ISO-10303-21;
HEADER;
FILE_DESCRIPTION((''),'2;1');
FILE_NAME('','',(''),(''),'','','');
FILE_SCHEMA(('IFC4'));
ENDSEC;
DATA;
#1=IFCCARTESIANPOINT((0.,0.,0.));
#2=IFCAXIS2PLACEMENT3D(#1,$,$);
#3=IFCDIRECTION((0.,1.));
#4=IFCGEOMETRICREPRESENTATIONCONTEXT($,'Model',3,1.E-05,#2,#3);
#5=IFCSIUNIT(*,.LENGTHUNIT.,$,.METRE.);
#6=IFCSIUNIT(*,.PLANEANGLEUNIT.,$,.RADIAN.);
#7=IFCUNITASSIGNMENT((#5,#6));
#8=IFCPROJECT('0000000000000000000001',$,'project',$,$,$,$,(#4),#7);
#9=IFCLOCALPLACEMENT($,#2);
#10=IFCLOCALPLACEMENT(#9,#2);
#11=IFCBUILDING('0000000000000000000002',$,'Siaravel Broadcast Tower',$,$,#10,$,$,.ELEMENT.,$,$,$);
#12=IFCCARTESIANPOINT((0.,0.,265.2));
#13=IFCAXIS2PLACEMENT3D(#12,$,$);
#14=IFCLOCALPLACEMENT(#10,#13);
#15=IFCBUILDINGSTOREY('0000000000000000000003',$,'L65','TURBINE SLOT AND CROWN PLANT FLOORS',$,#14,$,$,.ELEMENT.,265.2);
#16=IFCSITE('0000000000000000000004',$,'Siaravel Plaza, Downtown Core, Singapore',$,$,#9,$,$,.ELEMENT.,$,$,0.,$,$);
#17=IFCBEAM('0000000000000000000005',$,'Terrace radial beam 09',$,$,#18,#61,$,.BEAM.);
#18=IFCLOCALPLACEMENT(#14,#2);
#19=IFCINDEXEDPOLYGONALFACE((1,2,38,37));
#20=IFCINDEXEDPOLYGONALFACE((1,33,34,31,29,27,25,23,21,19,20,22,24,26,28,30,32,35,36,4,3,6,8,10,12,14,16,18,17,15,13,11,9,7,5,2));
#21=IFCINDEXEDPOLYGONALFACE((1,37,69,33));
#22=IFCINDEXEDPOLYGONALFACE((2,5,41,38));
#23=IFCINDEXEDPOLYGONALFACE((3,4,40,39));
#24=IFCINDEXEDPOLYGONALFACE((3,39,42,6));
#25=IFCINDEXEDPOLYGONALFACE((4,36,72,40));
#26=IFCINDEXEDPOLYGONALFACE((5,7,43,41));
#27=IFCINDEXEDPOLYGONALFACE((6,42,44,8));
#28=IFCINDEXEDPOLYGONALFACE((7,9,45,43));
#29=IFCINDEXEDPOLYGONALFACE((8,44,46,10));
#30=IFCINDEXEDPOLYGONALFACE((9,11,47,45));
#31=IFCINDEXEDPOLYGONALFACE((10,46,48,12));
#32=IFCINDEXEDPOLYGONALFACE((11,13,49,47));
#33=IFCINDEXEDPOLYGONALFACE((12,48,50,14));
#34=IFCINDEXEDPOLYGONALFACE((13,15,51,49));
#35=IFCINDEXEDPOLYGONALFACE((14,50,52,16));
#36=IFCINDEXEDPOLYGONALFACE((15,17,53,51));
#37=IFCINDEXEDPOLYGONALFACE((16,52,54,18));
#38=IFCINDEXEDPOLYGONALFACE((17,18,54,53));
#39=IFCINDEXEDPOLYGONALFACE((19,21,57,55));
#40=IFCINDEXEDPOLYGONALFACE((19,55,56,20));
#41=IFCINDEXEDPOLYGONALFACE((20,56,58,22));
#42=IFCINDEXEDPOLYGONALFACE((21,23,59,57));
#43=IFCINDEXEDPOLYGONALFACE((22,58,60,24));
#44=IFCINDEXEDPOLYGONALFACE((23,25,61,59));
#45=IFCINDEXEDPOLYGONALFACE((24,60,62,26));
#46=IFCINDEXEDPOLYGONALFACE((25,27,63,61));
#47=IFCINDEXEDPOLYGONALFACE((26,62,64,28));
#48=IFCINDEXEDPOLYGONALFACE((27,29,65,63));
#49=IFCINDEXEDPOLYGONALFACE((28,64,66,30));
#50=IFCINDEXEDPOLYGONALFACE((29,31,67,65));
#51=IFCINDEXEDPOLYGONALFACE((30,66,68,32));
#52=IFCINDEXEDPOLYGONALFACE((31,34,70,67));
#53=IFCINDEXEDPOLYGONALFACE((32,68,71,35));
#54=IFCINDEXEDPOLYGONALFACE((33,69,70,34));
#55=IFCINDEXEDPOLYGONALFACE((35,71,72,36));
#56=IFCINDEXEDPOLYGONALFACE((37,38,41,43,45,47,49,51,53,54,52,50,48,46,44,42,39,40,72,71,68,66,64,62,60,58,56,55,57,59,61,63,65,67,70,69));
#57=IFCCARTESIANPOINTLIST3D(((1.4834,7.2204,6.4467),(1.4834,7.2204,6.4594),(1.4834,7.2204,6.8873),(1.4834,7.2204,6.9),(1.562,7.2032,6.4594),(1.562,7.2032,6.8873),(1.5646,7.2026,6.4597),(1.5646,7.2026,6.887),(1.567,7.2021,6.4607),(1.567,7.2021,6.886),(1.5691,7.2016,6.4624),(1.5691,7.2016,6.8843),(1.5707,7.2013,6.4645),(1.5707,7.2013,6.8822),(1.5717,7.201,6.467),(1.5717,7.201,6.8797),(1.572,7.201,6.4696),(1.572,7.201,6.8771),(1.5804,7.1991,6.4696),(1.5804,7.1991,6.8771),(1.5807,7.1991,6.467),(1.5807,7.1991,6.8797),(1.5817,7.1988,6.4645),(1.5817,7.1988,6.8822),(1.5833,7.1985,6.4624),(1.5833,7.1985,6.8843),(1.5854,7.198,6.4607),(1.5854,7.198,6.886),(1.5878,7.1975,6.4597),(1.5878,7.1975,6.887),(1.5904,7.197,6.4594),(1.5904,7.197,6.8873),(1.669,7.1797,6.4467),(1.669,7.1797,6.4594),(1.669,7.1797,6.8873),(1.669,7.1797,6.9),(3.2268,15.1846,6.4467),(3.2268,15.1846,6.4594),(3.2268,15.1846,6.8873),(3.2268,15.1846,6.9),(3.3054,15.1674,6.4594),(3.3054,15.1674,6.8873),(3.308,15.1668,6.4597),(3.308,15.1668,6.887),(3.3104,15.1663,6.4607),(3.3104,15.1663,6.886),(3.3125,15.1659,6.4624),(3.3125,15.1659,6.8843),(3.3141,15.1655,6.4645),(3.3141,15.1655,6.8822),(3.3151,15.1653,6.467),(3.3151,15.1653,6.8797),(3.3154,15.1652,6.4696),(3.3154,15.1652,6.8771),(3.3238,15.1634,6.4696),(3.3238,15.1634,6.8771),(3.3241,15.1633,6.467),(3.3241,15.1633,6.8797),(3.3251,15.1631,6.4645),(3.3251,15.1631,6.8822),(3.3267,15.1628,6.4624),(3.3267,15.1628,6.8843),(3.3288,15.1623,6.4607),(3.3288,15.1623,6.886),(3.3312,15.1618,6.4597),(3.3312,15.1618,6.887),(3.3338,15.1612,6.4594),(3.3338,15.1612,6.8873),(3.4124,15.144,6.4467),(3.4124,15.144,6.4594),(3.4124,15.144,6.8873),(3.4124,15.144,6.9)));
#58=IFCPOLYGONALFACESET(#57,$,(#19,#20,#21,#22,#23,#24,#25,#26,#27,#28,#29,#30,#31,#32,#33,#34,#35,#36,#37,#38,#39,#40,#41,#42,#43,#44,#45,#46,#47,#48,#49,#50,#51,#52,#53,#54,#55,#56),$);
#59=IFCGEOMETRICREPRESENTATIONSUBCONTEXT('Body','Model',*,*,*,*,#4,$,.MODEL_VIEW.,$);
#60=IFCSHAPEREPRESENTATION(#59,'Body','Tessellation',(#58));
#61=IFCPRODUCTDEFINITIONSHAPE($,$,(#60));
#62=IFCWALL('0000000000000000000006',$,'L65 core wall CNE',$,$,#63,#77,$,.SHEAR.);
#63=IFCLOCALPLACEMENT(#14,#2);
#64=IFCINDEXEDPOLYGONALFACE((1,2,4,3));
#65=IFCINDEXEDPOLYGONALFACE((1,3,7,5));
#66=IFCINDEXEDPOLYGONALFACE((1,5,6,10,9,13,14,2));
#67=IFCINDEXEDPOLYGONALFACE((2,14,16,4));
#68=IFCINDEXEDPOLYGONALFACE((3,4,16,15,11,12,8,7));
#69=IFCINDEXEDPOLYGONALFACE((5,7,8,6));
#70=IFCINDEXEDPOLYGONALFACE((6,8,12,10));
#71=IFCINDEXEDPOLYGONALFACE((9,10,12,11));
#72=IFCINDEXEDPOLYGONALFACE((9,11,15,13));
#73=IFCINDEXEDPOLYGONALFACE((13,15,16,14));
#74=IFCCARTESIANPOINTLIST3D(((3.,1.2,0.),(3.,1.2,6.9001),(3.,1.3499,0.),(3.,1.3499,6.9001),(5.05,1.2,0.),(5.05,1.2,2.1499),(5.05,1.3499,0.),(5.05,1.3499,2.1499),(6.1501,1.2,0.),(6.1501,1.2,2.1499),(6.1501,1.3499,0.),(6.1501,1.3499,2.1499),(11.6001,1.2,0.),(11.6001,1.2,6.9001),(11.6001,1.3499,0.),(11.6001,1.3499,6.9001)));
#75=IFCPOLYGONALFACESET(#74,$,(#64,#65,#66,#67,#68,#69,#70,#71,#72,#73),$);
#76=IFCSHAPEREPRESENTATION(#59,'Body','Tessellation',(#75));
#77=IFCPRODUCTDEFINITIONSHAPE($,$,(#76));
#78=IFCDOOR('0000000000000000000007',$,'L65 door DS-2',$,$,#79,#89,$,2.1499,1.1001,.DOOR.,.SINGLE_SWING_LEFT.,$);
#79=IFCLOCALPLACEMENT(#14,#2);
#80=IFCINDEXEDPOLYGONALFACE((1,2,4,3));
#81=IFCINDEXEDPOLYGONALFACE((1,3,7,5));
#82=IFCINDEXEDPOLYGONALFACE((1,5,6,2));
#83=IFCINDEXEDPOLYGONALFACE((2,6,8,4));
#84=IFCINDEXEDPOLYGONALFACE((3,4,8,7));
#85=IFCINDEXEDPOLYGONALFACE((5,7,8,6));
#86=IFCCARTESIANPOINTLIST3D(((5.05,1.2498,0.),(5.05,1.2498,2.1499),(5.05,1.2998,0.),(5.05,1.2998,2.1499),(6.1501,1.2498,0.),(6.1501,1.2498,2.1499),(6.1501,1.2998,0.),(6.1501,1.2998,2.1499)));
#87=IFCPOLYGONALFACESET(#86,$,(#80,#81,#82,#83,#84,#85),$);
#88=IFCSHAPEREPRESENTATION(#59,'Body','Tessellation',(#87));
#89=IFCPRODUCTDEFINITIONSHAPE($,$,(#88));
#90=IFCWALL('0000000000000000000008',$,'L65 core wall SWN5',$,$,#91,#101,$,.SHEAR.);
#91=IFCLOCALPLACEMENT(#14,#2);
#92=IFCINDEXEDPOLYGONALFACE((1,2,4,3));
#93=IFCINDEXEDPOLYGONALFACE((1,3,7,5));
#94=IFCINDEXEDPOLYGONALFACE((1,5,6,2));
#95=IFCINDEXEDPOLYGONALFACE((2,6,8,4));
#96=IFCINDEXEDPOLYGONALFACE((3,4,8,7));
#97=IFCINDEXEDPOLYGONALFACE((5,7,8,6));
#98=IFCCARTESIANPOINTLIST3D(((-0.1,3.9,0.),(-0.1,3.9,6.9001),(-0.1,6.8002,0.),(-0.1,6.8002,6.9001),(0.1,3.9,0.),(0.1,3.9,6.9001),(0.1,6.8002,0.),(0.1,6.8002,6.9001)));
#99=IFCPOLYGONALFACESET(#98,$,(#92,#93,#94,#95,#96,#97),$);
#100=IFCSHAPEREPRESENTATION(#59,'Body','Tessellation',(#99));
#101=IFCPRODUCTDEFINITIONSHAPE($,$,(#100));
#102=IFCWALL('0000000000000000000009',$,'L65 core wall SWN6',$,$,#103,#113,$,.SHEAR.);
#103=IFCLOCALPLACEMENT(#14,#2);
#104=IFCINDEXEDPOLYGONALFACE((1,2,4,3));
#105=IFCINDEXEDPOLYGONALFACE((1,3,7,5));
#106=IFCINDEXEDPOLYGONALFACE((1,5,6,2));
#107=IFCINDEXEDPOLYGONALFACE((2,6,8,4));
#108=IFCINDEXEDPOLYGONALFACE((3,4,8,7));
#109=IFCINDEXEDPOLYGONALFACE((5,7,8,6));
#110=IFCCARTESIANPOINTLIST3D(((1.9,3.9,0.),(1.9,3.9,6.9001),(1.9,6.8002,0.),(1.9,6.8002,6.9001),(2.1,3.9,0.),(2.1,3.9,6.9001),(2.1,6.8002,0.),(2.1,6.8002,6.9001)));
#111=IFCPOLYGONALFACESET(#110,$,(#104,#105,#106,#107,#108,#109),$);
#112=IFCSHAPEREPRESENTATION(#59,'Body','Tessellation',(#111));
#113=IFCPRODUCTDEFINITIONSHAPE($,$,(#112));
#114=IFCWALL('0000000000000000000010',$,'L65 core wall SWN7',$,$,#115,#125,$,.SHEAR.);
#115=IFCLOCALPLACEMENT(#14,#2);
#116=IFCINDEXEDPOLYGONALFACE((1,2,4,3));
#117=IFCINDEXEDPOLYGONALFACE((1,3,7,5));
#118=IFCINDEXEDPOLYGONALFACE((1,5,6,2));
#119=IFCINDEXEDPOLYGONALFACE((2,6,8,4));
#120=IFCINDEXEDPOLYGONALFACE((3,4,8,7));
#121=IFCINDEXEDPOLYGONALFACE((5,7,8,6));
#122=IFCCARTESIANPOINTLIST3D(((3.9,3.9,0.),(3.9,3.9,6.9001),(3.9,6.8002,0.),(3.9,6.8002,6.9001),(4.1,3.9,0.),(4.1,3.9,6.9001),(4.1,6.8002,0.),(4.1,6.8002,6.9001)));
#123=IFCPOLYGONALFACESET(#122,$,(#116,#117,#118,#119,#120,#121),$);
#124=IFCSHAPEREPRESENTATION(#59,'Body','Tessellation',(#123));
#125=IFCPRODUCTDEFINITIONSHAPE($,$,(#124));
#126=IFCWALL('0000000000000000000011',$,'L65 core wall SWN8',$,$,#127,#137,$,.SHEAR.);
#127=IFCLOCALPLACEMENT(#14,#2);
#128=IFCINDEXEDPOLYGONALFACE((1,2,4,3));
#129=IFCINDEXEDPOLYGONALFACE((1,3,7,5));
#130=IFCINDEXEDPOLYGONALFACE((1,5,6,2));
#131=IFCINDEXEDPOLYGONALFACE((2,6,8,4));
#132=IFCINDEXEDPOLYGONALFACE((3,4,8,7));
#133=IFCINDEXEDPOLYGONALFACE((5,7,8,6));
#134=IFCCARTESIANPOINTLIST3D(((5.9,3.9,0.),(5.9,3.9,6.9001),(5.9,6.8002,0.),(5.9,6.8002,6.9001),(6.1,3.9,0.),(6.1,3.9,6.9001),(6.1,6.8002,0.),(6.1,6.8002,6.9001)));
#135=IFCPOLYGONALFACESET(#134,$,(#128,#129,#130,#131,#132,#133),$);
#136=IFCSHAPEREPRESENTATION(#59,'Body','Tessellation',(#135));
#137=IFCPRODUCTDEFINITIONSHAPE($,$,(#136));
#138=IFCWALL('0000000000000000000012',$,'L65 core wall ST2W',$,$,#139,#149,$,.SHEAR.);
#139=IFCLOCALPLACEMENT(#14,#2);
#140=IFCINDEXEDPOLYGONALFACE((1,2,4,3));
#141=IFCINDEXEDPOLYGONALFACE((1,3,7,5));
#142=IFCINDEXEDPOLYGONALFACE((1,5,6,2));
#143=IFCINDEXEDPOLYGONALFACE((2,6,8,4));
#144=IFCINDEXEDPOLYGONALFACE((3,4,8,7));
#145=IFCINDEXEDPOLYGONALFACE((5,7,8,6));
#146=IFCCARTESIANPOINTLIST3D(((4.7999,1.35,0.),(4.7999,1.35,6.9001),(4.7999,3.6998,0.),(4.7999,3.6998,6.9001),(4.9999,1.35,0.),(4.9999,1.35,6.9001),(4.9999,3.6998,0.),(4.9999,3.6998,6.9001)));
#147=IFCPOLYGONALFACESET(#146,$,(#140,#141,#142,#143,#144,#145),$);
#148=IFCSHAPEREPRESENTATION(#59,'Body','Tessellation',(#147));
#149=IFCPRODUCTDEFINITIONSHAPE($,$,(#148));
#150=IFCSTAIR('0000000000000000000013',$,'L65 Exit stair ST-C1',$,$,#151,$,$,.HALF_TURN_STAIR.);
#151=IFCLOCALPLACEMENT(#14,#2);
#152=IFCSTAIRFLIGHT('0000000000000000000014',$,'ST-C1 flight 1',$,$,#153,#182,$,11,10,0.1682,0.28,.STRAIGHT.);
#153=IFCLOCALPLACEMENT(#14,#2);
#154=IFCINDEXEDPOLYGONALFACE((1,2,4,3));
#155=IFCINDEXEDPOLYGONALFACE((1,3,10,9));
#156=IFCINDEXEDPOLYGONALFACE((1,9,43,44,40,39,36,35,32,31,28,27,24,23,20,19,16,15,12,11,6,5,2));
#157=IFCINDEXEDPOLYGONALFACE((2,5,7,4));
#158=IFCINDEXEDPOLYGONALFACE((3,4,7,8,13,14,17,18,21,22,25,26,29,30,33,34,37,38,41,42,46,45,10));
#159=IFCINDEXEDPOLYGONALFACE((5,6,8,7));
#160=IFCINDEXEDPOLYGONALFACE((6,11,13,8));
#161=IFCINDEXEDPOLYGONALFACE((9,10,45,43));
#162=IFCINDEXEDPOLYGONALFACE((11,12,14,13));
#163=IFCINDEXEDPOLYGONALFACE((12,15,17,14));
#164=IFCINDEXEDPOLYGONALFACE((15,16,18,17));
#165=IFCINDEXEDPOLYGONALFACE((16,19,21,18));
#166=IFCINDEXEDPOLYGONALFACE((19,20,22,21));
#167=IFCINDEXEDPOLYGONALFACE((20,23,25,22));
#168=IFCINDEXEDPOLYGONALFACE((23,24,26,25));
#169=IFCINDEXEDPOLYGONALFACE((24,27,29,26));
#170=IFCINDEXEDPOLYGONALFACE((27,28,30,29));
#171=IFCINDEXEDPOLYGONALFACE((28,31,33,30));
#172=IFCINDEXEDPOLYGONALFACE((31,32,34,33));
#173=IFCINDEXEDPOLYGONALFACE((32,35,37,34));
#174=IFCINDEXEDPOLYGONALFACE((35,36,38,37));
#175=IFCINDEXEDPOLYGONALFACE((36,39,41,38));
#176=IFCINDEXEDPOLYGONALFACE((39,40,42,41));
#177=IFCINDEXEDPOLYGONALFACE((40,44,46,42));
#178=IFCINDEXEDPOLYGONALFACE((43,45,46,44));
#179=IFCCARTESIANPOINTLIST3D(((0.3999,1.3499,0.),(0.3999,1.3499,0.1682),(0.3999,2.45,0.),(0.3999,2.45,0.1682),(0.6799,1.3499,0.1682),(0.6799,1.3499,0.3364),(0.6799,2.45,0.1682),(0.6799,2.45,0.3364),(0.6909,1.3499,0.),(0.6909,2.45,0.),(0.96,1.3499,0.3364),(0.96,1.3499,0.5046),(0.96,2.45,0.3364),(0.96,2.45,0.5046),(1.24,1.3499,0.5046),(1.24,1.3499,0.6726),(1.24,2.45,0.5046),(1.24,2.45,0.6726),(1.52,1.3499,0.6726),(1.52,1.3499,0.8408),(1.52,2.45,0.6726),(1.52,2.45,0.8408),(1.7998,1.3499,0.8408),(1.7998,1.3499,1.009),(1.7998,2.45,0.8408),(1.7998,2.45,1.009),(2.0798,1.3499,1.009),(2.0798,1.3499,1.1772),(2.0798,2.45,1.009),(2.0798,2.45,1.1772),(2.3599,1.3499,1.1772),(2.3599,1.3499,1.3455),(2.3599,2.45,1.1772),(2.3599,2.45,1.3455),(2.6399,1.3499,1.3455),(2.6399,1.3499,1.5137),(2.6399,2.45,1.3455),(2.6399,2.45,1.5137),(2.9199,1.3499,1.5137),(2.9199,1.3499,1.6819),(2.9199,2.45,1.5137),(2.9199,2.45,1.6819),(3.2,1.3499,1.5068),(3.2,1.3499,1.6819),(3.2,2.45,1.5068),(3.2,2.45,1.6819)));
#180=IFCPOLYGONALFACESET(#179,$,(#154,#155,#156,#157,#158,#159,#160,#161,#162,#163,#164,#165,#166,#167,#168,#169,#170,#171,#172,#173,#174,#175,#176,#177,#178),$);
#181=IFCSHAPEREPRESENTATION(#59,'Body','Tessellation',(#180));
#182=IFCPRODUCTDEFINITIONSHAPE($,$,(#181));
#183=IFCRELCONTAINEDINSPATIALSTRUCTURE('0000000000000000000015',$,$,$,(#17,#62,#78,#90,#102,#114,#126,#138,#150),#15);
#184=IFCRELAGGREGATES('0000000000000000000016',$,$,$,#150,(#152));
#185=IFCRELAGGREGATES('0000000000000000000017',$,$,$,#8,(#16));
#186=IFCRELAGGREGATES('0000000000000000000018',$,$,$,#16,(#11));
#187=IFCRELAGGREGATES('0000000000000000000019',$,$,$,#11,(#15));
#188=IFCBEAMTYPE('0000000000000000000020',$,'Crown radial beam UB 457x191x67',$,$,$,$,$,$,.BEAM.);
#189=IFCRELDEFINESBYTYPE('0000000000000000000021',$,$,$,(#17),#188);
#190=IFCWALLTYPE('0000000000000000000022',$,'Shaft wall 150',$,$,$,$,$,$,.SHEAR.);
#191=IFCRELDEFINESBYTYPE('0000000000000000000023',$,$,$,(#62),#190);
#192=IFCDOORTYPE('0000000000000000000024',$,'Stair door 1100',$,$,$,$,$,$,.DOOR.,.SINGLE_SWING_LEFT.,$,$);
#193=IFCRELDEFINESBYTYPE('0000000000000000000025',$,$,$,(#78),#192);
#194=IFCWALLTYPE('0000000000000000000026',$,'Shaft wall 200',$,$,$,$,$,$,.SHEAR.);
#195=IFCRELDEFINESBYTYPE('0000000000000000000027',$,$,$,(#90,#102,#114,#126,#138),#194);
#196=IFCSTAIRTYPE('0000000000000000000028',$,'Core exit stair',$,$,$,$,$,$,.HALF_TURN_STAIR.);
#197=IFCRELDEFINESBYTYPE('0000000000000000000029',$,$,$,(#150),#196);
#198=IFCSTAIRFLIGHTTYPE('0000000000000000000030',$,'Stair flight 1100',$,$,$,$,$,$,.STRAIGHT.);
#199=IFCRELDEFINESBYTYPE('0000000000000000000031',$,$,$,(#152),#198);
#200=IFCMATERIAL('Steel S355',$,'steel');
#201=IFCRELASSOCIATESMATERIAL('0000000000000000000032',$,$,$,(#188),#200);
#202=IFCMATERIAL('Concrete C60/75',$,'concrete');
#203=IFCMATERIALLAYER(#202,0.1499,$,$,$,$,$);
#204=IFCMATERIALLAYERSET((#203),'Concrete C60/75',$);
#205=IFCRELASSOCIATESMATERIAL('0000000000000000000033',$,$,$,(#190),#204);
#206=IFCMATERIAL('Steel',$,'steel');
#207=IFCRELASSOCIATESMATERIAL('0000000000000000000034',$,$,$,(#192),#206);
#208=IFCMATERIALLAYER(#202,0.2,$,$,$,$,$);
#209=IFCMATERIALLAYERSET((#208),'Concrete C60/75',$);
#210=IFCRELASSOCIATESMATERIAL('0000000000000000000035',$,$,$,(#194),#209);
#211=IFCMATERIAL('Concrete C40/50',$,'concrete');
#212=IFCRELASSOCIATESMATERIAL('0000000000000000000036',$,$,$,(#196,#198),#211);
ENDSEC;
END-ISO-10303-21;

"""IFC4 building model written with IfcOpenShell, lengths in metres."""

from ifc_helpers import new_model, si_unit, direction, frame, frame_2d, origin, origin_2d, place, context, subcontext, project, spatial, polyline, rectangle, i_section, outline, extrude, material, layer, layer_set, material_profile, profile_set, type_object, element, fill, aggregate, save


model = new_model("IFC4")

# Units and contexts
model_context = context("Model", 3, precision=1e-05, world=origin(), true_north=direction((0.0, 1.0)))
body_context = subcontext(model_context, "Body", "Model", "MODEL_VIEW")
ifc_project = project(units=[si_unit("LENGTHUNIT", "METRE"), si_unit("PLANEANGLEUNIT", "RADIAN")], contexts=[model_context])

# Site, building, storey
site_placement = place(None, origin())
site = spatial("IfcSite", under=ifc_project, at=site_placement, Name="Siaravel Plaza, Downtown Core, Singapore", CompositionType="ELEMENT", RefElevation=0.0)
building_placement = place(site_placement, origin())
building = spatial("IfcBuilding", under=site, at=building_placement, Name="Siaravel Broadcast Tower", CompositionType="ELEMENT")
storey_placement = place(building_placement, frame((0.0, 0.0, 265.2)))
storey = spatial("IfcBuildingStorey", under=building, at=storey_placement, Name="L65", Description="TURBINE SLOT AND CROWN PLANT FLOORS", CompositionType="ELEMENT", Elevation=265.2)

# Beam
ifc_material_1 = material(Name="Steel S355", Category="steel")
ifc_material_profile_1 = material_profile(ifc_material_1, i_section(OverallWidth=0.1899, OverallDepth=0.4534, WebThickness=0.0085, FlangeThickness=0.0127, FilletRadius=0.0103, at=origin_2d()))
ifc_profile_set_1 = profile_set([ifc_material_profile_1], Name="Steel S355")
beam_type_1 = type_object("IfcBeamType", Name="Crown radial beam UB 457x191x67", PredefinedType="BEAM", material=ifc_profile_set_1)
beam_1_placement = place(storey_placement, frame((3.3196, 15.1643, 6.6733), z_axis=(-0.213838, -0.976869, 0.0), x_axis=(0.976869, -0.213838, 0.0)))
element("IfcBeam", 1, at=beam_1_placement, inside=storey, type_object=beam_type_1, Name="Terrace radial beam 09", PredefinedType="BEAM", context=body_context, shape_type="SweptSolid", body=[
    extrude(i_section(OverallWidth=0.1899, OverallDepth=0.4534, WebThickness=0.0085, FlangeThickness=0.0127, FilletRadius=0.0103, at=origin_2d()), origin(), (0.0, 0.0, 1.0), 8.1528),
])

# Wall, opening, door
ifc_material_2 = material(Name="Concrete C60/75", Category="concrete")
ifc_layer_1 = layer(ifc_material_2, 0.1499)
ifc_layer_set_1 = layer_set([ifc_layer_1], Name="Concrete C60/75")
wall_type_1 = type_object("IfcWallType", Name="Shaft wall 150", PredefinedType="SHEAR", material=ifc_layer_set_1)
wall_1_placement = place(storey_placement, frame((3.0, 1.2749, 0.0), z_axis=(0.0, 0.0, 1.0), x_axis=(1.0, 0.0, 0.0)))
wall_1 = element("IfcWall", 2, at=wall_1_placement, inside=storey, type_object=wall_type_1, Name="L65 core wall CNE", PredefinedType="SHEAR", context=body_context, shape_type="SweptSolid", body=[
    extrude(rectangle(XDim=8.6001, YDim=0.1499, at=frame_2d((4.3, 0.0))), origin(), (0.0, 0.0, 1.0), 6.9001),
])
opening_placement = place(wall_1_placement, frame((2.05, 0.0, 0.0)))
opening = element("IfcOpeningElement", 3, at=opening_placement, cuts=wall_1, PredefinedType="OPENING", context=body_context, shape_type="SweptSolid", body=[
    extrude(rectangle(XDim=1.1001, YDim=2.1499, at=frame_2d((0.55, 1.075))), frame((0.0, 0.085, 0.0), z_axis=(0.0, -1.0, 0.0), x_axis=(1.0, 0.0, 0.0)), (0.0, 0.0, 1.0), 0.1699),
])
ifc_material_3 = material(Name="Steel", Category="steel")
door_type = type_object("IfcDoorType", Name="Stair door 1100", OperationType="SINGLE_SWING_LEFT", PredefinedType="DOOR", material=ifc_material_3)
door_placement = place(opening_placement, origin())
door = element("IfcDoor", 4, at=door_placement, inside=storey, type_object=door_type, Name="L65 door DS-2", OperationType="SINGLE_SWING_LEFT", OverallHeight=2.1499, OverallWidth=1.1001, PredefinedType="DOOR", context=body_context, shape_type="SweptSolid", body=[
    extrude(rectangle(XDim=1.1001, YDim=2.1499, at=frame_2d((0.55, 1.075))), frame((0.0, 0.0249, 0.0), z_axis=(0.0, -1.0, 0.0), x_axis=(1.0, 0.0, 0.0)), (0.0, 0.0, 1.0), 0.05),
])
fill(opening, door)

# Walls
ifc_layer_2 = layer(ifc_material_2, 0.2)
ifc_layer_set_2 = layer_set([ifc_layer_2], Name="Concrete C60/75")
wall_type_2 = type_object("IfcWallType", Name="Shaft wall 200", PredefinedType="SHEAR", material=ifc_layer_set_2)
for number, where, z_axis, x_axis, name in (
    (5, (0.0, 3.8999, 0.0), (0.0, 0.0, 1.0), (0.0, 1.0, 0.0), "L65 core wall SWN5"),
    (6, (2.0, 3.8999, 0.0), (0.0, 0.0, 1.0), (0.0, 1.0, 0.0), "L65 core wall SWN6"),
    (7, (4.0, 3.8999, 0.0), (0.0, 0.0, 1.0), (0.0, 1.0, 0.0), "L65 core wall SWN7"),
    (8, (6.0, 3.8999, 0.0), (0.0, 0.0, 1.0), (0.0, 1.0, 0.0), "L65 core wall SWN8"),
):
    element("IfcWall", number, at=place(storey_placement, frame(where, z_axis=z_axis, x_axis=x_axis)), inside=storey, type_object=wall_type_2, Name=name, PredefinedType="SHEAR", context=body_context, shape_type="SweptSolid", body=[
        extrude(rectangle(XDim=2.9001, YDim=0.2, at=frame_2d((1.4502, 0.0))), origin(), (0.0, 0.0, 1.0), 6.9001),
    ])
wall_2_placement = place(storey_placement, frame((4.8999, 1.3501, 0.0), z_axis=(0.0, 0.0, 1.0), x_axis=(0.0, 1.0, 0.0)))
element("IfcWall", 9, at=wall_2_placement, inside=storey, type_object=wall_type_2, Name="L65 core wall ST2W", PredefinedType="SHEAR", context=body_context, shape_type="SweptSolid", body=[
    extrude(rectangle(XDim=2.3499, YDim=0.2, at=frame_2d((1.1748, 0.0))), origin(), (0.0, 0.0, 1.0), 6.9001),
])

# Stair, stair flight
ifc_material_4 = material(Name="Concrete C40/50", Category="concrete")
stair_type = type_object("IfcStairType", Name="Core exit stair", PredefinedType="HALF_TURN_STAIR", material=ifc_material_4)
stair_placement = place(storey_placement, origin())
stair = element("IfcStair", 10, at=stair_placement, inside=storey, type_object=stair_type, Name="L65 Exit stair ST-C1", PredefinedType="HALF_TURN_STAIR")
stair_flight_type = type_object("IfcStairFlightType", Name="Stair flight 1100", PredefinedType="STRAIGHT", material=ifc_material_4)
stair_flight_1_placement = place(storey_placement, frame((0.3999, 1.8999, 0.0), z_axis=(0.0, 0.0, 1.0), x_axis=(1.0, 0.0, 0.0)))
stair_flight_1 = element("IfcStairFlight", 11, at=stair_flight_1_placement, type_object=stair_flight_type, Name="ST-C1 flight 1", NumberOfRisers=11, NumberOfTreads=10, PredefinedType="STRAIGHT", RiserHeight=0.1682, TreadLength=0.28, context=body_context, shape_type="SweptSolid", body=[
    extrude(outline(polyline([(0.0, 0.0), (0.0, 0.1682), (0.28, 0.1682), (0.28, 0.3364), (0.5601, 0.3364), (0.5601, 0.5046), (0.8401, 0.5046), (0.8401, 0.6726), (1.1201, 0.6726), (1.1201, 0.8408), (1.3999, 0.8408), (1.3999, 1.009), (1.6799, 1.009), (1.6799, 1.1772), (1.96, 1.1772), (1.96, 1.3455), (2.24, 1.3455), (2.24, 1.5137), (2.52, 1.5137), (2.52, 1.6819), (2.8, 1.6819), (2.8, 1.8501), (2.8, 1.5068), (0.291, 0.0), (0.0, 0.0)])), frame((0.0, 0.55, 0.0), z_axis=(0.0, -1.0, 0.0), x_axis=(1.0, 0.0, 0.0)), (0.0, 0.0, 1.0), 1.1001),
])
aggregate(stair, [stair_flight_1])

save(model, "model.ifc")
